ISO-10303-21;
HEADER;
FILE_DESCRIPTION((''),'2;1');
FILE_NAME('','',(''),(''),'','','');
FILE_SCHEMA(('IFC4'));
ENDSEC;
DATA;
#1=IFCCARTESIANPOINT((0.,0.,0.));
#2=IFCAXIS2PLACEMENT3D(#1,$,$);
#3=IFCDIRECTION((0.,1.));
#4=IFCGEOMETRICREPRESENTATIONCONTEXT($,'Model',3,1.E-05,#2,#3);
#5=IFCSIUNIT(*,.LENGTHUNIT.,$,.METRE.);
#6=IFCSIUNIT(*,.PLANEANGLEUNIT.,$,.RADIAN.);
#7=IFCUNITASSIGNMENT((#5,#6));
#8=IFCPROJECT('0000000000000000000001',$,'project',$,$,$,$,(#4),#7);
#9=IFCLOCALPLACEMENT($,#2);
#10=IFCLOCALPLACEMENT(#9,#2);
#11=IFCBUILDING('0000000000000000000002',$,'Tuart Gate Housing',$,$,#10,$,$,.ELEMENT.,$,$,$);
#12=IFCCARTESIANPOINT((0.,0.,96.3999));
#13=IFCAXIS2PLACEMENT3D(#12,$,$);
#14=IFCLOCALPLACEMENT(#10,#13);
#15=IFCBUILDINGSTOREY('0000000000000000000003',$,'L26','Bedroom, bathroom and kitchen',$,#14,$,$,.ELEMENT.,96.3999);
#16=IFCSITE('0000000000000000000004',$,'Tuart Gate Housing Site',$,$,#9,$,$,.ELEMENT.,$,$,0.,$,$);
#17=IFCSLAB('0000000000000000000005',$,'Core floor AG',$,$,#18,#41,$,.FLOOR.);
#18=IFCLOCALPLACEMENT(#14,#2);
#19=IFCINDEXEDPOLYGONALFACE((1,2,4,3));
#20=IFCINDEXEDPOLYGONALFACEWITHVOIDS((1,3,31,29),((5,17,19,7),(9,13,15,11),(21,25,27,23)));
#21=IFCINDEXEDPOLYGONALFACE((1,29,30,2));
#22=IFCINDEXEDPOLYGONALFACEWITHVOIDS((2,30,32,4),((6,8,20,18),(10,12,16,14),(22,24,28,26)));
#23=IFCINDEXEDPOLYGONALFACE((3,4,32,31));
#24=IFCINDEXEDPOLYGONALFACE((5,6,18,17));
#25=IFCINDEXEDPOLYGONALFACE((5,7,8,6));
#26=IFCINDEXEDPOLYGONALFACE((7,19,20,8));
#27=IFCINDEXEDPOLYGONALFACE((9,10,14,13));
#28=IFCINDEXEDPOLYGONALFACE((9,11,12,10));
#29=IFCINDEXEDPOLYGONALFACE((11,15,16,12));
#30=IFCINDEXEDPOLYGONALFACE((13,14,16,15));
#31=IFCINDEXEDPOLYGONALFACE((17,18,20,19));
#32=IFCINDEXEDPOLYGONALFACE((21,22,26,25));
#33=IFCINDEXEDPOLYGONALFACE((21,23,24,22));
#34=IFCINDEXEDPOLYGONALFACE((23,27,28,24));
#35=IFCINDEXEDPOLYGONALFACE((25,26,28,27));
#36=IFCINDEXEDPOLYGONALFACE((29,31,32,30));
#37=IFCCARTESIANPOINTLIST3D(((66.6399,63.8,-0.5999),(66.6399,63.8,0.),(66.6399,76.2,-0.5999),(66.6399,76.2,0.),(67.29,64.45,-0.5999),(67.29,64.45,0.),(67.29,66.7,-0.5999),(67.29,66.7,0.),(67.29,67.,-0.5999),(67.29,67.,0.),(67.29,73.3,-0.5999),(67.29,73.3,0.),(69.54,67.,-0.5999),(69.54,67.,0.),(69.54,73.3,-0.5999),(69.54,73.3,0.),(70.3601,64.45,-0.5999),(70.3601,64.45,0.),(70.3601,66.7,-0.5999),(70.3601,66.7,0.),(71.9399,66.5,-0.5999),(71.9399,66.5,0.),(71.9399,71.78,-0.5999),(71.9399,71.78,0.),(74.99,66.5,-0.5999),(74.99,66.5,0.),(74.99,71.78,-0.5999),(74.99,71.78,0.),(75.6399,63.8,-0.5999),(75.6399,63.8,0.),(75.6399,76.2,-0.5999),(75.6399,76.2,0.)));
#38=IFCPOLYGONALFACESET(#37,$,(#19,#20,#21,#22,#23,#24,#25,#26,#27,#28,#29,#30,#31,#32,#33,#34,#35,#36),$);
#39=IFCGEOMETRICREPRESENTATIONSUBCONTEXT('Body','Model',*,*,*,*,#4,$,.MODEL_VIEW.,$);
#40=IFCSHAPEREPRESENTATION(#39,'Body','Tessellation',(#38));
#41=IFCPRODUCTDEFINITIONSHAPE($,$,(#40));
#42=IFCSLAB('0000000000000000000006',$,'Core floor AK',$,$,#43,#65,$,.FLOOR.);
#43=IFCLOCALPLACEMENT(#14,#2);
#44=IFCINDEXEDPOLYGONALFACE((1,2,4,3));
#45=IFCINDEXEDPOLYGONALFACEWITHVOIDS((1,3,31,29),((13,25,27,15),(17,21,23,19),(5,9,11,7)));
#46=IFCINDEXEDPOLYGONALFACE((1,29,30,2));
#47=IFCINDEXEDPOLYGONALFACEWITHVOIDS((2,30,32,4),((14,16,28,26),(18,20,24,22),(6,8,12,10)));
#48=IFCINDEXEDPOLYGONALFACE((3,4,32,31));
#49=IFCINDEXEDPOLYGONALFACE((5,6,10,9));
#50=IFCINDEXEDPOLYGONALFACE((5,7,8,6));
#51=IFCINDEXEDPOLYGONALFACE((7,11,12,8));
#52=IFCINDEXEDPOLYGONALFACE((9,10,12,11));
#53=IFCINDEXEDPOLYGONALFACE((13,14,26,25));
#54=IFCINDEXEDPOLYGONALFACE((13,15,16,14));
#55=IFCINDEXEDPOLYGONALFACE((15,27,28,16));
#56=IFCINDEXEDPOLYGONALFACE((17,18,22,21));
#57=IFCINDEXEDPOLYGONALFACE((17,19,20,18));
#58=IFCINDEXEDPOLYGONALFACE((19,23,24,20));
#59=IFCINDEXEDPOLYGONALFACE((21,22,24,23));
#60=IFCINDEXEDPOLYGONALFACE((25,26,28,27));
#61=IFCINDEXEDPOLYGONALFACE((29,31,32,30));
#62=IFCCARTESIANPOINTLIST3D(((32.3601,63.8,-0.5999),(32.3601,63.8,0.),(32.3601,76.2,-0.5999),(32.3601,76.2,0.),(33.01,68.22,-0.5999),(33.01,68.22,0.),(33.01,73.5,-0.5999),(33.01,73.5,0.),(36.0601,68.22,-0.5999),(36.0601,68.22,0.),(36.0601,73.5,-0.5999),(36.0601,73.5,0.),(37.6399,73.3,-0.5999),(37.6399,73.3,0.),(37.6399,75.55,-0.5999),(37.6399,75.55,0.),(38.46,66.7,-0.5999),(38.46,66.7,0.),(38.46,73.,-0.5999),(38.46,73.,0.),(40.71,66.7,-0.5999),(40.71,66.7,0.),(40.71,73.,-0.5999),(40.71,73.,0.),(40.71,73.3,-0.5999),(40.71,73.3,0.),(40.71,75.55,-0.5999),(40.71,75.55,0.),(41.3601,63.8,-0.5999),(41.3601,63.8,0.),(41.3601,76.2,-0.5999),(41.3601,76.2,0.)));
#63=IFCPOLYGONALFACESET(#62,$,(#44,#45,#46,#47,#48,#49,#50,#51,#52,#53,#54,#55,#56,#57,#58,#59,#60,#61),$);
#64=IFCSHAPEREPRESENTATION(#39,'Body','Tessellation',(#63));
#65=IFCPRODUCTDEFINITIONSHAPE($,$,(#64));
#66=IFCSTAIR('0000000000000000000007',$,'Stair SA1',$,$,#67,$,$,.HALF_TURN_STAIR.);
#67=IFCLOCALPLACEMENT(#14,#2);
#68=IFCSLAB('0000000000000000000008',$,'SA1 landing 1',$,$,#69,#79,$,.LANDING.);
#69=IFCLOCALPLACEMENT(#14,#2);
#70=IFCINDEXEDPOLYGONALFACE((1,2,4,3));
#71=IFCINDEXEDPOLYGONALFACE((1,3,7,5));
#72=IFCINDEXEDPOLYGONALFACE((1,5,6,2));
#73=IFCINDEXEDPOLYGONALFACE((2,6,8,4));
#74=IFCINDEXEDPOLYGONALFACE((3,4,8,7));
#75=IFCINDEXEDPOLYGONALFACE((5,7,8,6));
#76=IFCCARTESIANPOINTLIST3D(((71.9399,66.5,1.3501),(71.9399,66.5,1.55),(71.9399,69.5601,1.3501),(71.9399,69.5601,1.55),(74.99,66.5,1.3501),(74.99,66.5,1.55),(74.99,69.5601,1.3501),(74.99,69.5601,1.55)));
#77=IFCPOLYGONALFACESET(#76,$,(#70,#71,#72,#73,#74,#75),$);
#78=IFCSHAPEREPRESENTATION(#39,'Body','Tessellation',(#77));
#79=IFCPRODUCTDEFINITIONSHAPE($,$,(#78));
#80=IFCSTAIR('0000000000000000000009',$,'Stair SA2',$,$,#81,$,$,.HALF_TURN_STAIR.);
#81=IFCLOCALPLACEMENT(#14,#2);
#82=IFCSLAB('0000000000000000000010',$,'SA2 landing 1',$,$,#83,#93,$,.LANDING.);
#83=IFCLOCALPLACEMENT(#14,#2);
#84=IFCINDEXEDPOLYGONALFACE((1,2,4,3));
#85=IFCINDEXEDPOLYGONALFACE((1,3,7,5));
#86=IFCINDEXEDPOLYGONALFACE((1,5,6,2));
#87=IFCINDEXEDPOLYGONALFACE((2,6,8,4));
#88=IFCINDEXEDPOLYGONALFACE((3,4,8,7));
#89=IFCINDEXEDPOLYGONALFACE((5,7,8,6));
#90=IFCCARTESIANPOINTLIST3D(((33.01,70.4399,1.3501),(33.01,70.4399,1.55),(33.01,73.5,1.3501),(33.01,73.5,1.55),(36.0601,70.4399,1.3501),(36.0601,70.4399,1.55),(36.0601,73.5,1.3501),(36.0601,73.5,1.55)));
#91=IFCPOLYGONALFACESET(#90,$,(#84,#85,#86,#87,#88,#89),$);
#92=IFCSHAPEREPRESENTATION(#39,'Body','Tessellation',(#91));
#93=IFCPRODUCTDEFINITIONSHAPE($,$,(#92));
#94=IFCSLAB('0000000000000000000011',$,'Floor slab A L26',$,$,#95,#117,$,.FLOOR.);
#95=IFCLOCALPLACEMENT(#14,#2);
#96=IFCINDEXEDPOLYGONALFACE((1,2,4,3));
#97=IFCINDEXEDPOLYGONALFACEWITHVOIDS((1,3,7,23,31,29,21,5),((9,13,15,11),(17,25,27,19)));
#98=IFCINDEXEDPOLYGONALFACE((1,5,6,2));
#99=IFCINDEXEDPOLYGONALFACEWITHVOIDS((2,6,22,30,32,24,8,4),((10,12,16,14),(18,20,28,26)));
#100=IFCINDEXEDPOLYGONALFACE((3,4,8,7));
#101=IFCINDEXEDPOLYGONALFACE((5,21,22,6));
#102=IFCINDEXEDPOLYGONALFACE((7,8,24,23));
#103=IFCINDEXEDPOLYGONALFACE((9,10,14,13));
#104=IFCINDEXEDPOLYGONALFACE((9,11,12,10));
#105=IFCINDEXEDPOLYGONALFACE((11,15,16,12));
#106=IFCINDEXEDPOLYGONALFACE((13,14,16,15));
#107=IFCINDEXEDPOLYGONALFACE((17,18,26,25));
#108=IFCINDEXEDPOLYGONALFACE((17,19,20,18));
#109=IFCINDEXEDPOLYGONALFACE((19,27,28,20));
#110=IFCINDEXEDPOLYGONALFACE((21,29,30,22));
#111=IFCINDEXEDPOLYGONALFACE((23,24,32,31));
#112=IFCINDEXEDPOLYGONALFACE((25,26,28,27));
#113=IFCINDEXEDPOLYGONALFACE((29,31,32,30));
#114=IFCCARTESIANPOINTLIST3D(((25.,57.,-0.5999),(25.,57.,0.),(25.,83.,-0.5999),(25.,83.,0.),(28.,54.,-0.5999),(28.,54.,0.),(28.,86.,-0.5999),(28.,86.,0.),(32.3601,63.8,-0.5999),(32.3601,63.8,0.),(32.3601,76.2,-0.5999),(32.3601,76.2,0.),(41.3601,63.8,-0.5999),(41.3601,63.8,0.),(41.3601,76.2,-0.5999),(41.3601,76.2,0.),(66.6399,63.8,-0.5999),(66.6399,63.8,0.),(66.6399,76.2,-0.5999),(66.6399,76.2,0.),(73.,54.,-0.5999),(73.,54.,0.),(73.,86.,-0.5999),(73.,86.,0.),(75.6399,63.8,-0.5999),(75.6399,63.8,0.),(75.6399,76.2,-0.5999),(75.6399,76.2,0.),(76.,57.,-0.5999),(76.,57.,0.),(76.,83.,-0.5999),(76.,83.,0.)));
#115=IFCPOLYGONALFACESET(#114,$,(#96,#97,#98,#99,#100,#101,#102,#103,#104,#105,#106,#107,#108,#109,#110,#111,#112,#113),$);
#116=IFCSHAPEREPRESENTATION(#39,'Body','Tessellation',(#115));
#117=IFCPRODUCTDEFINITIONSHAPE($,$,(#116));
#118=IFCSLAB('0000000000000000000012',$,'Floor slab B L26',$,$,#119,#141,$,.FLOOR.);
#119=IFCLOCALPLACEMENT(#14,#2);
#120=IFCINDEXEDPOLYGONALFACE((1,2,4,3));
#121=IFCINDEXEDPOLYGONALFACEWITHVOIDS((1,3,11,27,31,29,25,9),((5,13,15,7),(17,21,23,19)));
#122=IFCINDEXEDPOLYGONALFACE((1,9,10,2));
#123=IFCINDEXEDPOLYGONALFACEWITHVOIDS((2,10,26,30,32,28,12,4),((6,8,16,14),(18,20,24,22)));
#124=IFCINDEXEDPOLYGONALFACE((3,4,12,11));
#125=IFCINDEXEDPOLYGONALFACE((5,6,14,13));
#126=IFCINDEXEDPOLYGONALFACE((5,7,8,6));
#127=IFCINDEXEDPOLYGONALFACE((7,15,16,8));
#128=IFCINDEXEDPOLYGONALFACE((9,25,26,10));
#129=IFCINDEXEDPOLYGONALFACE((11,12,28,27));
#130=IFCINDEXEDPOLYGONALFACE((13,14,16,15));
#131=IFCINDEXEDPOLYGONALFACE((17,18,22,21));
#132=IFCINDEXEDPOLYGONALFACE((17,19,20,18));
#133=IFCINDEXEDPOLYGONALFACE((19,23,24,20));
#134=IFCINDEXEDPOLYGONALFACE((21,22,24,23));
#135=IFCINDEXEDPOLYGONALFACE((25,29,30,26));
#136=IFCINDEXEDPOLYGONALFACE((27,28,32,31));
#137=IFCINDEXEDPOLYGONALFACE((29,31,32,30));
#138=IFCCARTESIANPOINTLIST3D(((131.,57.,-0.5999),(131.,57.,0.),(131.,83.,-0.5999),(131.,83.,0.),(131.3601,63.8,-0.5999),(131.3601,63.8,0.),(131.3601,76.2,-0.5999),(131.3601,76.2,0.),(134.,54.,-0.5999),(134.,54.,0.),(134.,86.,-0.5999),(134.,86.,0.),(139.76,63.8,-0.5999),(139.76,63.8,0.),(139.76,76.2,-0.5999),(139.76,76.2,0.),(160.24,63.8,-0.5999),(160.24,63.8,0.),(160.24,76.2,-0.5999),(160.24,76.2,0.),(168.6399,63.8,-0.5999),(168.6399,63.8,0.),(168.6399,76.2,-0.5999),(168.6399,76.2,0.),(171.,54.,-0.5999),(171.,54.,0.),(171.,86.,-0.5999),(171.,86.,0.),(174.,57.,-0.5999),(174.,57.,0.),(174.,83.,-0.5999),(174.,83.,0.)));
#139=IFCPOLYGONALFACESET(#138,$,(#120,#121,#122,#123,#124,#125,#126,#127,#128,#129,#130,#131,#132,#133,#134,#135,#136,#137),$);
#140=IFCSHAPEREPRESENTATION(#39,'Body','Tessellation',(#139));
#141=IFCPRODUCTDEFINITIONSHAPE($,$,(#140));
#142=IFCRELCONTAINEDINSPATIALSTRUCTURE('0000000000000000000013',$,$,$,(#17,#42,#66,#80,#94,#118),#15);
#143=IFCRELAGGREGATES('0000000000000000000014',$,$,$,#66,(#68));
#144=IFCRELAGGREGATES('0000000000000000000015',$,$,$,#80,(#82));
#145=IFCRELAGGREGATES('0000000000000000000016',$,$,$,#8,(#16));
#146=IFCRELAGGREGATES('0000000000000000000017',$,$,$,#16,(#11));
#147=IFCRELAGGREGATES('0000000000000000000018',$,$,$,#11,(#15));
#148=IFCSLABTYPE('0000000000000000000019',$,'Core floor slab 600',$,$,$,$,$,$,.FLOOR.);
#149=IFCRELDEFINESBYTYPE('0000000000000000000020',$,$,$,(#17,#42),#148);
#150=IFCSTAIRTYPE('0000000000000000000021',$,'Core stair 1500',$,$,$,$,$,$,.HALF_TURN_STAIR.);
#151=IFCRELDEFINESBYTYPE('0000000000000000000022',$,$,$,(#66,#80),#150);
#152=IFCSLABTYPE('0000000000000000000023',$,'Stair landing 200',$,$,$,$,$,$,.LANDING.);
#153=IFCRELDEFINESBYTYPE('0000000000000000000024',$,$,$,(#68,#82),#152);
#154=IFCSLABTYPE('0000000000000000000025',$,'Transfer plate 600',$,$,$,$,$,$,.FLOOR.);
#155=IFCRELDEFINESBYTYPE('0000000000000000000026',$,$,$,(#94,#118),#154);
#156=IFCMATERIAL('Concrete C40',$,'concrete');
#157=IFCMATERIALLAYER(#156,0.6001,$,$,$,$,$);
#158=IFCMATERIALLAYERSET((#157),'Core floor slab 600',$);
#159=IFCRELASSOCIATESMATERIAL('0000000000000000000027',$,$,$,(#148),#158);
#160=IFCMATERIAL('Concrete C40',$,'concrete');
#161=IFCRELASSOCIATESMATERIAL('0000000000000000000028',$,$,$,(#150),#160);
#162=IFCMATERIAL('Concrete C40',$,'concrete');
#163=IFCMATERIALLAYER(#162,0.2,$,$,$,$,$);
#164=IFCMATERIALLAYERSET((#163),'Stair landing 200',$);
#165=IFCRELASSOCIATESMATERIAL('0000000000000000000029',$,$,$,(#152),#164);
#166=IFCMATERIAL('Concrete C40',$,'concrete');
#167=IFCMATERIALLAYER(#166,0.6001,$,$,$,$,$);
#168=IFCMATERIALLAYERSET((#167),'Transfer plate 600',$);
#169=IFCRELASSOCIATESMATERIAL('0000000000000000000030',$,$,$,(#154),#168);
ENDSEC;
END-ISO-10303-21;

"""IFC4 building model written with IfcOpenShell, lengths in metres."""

from ifc_helpers import new_model, si_unit, direction, frame, origin, place, context, subcontext, project, spatial, polyline, outline, extrude, material, layer, layer_set, type_object, element, aggregate, save


model = new_model("IFC4")

# Units and contexts
model_context = context("Model", 3, precision=1e-05, world=origin(), true_north=direction((0.0, 1.0)))
body_context = subcontext(model_context, "Body", "Model", "MODEL_VIEW")
ifc_project = project(units=[si_unit("LENGTHUNIT", "METRE"), si_unit("PLANEANGLEUNIT", "RADIAN")], contexts=[model_context])

# Site, building, storey
site_placement = place(None, origin())
site = spatial("IfcSite", under=ifc_project, at=site_placement, Name="Tuart Gate Housing Site", CompositionType="ELEMENT", RefElevation=0.0)
building_placement = place(site_placement, origin())
building = spatial("IfcBuilding", under=site, at=building_placement, Name="Tuart Gate Housing", CompositionType="ELEMENT")
storey_placement = place(building_placement, frame((0.0, 0.0, 96.3999)))
storey = spatial("IfcBuildingStorey", under=building, at=storey_placement, Name="L26", Description="Bedroom, bathroom and kitchen", CompositionType="ELEMENT", Elevation=96.3999)

# Slabs
ifc_material_1 = material(Name="Concrete C40", Category="concrete")
ifc_layer_1 = layer(ifc_material_1, 0.6001)
ifc_layer_set_1 = layer_set([ifc_layer_1], Name="Core floor slab 600")
slab_type_1 = type_object("IfcSlabType", Name="Core floor slab 600", PredefinedType="FLOOR", material=ifc_layer_set_1)
slab_1_placement = place(storey_placement, frame((0.0, 0.0, -0.5999)))
element("IfcSlab", 1, at=slab_1_placement, inside=storey, type_object=slab_type_1, Name="Core floor AG", PredefinedType="FLOOR", context=body_context, shape_type="SweptSolid", body=[
    extrude(outline(polyline([(66.6399, 63.8), (75.6399, 63.8), (75.6399, 76.2), (66.6399, 76.2), (66.6399, 63.8)]), holes=[polyline([(67.29, 64.45), (70.3601, 64.45), (70.3601, 66.7), (67.29, 66.7), (67.29, 64.45)]), polyline([(67.29, 67.0), (69.54, 67.0), (69.54, 73.3), (67.29, 73.3), (67.29, 67.0)]), polyline([(71.9399, 66.5), (74.99, 66.5), (74.99, 71.78), (71.9399, 71.78), (71.9399, 66.5)])]), origin(), (0.0, 0.0, 1.0), 0.5999),
])
slab_2_placement = place(storey_placement, frame((0.0, 0.0, -0.5999)))
element("IfcSlab", 2, at=slab_2_placement, inside=storey, type_object=slab_type_1, Name="Core floor AK", PredefinedType="FLOOR", context=body_context, shape_type="SweptSolid", body=[
    extrude(outline(polyline([(32.3601, 63.8), (41.3601, 63.8), (41.3601, 76.2), (32.3601, 76.2), (32.3601, 63.8)]), holes=[polyline([(40.71, 75.55), (37.6399, 75.55), (37.6399, 73.3), (40.71, 73.3), (40.71, 75.55)]), polyline([(40.71, 73.0), (38.46, 73.0), (38.46, 66.7), (40.71, 66.7), (40.71, 73.0)]), polyline([(36.0601, 73.5), (33.01, 73.5), (33.01, 68.22), (36.0601, 68.22), (36.0601, 73.5)])]), origin(), (0.0, 0.0, 1.0), 0.5999),
])

# Stairs, slabs
ifc_material_2 = material(Name="Concrete C40", Category="concrete")
stair_type = type_object("IfcStairType", Name="Core stair 1500", PredefinedType="HALF_TURN_STAIR", material=ifc_material_2)
stair_1_placement = place(storey_placement, origin())
stair_1 = element("IfcStair", 3, at=stair_1_placement, inside=storey, type_object=stair_type, Name="Stair SA1", PredefinedType="HALF_TURN_STAIR")
ifc_material_3 = material(Name="Concrete C40", Category="concrete")
ifc_layer_2 = layer(ifc_material_3, 0.2)
ifc_layer_set_2 = layer_set([ifc_layer_2], Name="Stair landing 200")
slab_type_2 = type_object("IfcSlabType", Name="Stair landing 200", PredefinedType="LANDING", material=ifc_layer_set_2)
slab_3_placement = place(storey_placement, frame((0.0, 0.0, 1.3501)))
slab_3 = element("IfcSlab", 4, at=slab_3_placement, type_object=slab_type_2, Name="SA1 landing 1", PredefinedType="LANDING", context=body_context, shape_type="SweptSolid", body=[
    extrude(outline(polyline([(71.9399, 66.5), (74.99, 66.5), (74.99, 69.5601), (71.9399, 69.5601), (71.9399, 66.5)])), origin(), (0.0, 0.0, 1.0), 0.2),
])
aggregate(stair_1, [slab_3])
stair_2_placement = place(storey_placement, origin())
stair_2 = element("IfcStair", 5, at=stair_2_placement, inside=storey, type_object=stair_type, Name="Stair SA2", PredefinedType="HALF_TURN_STAIR")
slab_4_placement = place(storey_placement, frame((0.0, 0.0, 1.3501)))
slab_4 = element("IfcSlab", 6, at=slab_4_placement, type_object=slab_type_2, Name="SA2 landing 1", PredefinedType="LANDING", context=body_context, shape_type="SweptSolid", body=[
    extrude(outline(polyline([(36.0601, 73.5), (33.01, 73.5), (33.01, 70.4399), (36.0601, 70.4399), (36.0601, 73.5)])), origin(), (0.0, 0.0, 1.0), 0.2),
])
aggregate(stair_2, [slab_4])

# Slabs
ifc_material_4 = material(Name="Concrete C40", Category="concrete")
ifc_layer_3 = layer(ifc_material_4, 0.6001)
ifc_layer_set_3 = layer_set([ifc_layer_3], Name="Transfer plate 600")
slab_type_3 = type_object("IfcSlabType", Name="Transfer plate 600", PredefinedType="FLOOR", material=ifc_layer_set_3)
slab_5_placement = place(storey_placement, frame((0.0, 0.0, -0.5999)))
element("IfcSlab", 7, at=slab_5_placement, inside=storey, type_object=slab_type_3, Name="Floor slab A L26", PredefinedType="FLOOR", context=body_context, shape_type="SweptSolid", body=[
    extrude(outline(polyline([(28.0, 86.0), (25.0, 83.0), (25.0, 57.0), (28.0, 54.0), (73.0, 54.0), (76.0, 57.0), (76.0, 83.0), (73.0, 86.0), (28.0, 86.0)]), holes=[polyline([(66.6399, 76.2), (75.6399, 76.2), (75.6399, 63.8), (66.6399, 63.8), (66.6399, 76.2)]), polyline([(41.3601, 76.2), (41.3601, 63.8), (32.3601, 63.8), (32.3601, 76.2), (41.3601, 76.2)])]), origin(), (0.0, 0.0, 1.0), 0.5999),
])
slab_6_placement = place(storey_placement, frame((0.0, 0.0, -0.5999)))
element("IfcSlab", 8, at=slab_6_placement, inside=storey, type_object=slab_type_3, Name="Floor slab B L26", PredefinedType="FLOOR", context=body_context, shape_type="SweptSolid", body=[
    extrude(outline(polyline([(134.0, 86.0), (131.0, 83.0), (131.0, 57.0), (134.0, 54.0), (171.0, 54.0), (174.0, 57.0), (174.0, 83.0), (171.0, 86.0), (134.0, 86.0)]), holes=[polyline([(131.3601, 76.2), (139.76, 76.2), (139.76, 63.8), (131.3601, 63.8), (131.3601, 76.2)]), polyline([(168.6399, 76.2), (168.6399, 63.8), (160.24, 63.8), (160.24, 76.2), (168.6399, 76.2)])]), origin(), (0.0, 0.0, 1.0), 0.5999),
])

save(model, "model.ifc")
